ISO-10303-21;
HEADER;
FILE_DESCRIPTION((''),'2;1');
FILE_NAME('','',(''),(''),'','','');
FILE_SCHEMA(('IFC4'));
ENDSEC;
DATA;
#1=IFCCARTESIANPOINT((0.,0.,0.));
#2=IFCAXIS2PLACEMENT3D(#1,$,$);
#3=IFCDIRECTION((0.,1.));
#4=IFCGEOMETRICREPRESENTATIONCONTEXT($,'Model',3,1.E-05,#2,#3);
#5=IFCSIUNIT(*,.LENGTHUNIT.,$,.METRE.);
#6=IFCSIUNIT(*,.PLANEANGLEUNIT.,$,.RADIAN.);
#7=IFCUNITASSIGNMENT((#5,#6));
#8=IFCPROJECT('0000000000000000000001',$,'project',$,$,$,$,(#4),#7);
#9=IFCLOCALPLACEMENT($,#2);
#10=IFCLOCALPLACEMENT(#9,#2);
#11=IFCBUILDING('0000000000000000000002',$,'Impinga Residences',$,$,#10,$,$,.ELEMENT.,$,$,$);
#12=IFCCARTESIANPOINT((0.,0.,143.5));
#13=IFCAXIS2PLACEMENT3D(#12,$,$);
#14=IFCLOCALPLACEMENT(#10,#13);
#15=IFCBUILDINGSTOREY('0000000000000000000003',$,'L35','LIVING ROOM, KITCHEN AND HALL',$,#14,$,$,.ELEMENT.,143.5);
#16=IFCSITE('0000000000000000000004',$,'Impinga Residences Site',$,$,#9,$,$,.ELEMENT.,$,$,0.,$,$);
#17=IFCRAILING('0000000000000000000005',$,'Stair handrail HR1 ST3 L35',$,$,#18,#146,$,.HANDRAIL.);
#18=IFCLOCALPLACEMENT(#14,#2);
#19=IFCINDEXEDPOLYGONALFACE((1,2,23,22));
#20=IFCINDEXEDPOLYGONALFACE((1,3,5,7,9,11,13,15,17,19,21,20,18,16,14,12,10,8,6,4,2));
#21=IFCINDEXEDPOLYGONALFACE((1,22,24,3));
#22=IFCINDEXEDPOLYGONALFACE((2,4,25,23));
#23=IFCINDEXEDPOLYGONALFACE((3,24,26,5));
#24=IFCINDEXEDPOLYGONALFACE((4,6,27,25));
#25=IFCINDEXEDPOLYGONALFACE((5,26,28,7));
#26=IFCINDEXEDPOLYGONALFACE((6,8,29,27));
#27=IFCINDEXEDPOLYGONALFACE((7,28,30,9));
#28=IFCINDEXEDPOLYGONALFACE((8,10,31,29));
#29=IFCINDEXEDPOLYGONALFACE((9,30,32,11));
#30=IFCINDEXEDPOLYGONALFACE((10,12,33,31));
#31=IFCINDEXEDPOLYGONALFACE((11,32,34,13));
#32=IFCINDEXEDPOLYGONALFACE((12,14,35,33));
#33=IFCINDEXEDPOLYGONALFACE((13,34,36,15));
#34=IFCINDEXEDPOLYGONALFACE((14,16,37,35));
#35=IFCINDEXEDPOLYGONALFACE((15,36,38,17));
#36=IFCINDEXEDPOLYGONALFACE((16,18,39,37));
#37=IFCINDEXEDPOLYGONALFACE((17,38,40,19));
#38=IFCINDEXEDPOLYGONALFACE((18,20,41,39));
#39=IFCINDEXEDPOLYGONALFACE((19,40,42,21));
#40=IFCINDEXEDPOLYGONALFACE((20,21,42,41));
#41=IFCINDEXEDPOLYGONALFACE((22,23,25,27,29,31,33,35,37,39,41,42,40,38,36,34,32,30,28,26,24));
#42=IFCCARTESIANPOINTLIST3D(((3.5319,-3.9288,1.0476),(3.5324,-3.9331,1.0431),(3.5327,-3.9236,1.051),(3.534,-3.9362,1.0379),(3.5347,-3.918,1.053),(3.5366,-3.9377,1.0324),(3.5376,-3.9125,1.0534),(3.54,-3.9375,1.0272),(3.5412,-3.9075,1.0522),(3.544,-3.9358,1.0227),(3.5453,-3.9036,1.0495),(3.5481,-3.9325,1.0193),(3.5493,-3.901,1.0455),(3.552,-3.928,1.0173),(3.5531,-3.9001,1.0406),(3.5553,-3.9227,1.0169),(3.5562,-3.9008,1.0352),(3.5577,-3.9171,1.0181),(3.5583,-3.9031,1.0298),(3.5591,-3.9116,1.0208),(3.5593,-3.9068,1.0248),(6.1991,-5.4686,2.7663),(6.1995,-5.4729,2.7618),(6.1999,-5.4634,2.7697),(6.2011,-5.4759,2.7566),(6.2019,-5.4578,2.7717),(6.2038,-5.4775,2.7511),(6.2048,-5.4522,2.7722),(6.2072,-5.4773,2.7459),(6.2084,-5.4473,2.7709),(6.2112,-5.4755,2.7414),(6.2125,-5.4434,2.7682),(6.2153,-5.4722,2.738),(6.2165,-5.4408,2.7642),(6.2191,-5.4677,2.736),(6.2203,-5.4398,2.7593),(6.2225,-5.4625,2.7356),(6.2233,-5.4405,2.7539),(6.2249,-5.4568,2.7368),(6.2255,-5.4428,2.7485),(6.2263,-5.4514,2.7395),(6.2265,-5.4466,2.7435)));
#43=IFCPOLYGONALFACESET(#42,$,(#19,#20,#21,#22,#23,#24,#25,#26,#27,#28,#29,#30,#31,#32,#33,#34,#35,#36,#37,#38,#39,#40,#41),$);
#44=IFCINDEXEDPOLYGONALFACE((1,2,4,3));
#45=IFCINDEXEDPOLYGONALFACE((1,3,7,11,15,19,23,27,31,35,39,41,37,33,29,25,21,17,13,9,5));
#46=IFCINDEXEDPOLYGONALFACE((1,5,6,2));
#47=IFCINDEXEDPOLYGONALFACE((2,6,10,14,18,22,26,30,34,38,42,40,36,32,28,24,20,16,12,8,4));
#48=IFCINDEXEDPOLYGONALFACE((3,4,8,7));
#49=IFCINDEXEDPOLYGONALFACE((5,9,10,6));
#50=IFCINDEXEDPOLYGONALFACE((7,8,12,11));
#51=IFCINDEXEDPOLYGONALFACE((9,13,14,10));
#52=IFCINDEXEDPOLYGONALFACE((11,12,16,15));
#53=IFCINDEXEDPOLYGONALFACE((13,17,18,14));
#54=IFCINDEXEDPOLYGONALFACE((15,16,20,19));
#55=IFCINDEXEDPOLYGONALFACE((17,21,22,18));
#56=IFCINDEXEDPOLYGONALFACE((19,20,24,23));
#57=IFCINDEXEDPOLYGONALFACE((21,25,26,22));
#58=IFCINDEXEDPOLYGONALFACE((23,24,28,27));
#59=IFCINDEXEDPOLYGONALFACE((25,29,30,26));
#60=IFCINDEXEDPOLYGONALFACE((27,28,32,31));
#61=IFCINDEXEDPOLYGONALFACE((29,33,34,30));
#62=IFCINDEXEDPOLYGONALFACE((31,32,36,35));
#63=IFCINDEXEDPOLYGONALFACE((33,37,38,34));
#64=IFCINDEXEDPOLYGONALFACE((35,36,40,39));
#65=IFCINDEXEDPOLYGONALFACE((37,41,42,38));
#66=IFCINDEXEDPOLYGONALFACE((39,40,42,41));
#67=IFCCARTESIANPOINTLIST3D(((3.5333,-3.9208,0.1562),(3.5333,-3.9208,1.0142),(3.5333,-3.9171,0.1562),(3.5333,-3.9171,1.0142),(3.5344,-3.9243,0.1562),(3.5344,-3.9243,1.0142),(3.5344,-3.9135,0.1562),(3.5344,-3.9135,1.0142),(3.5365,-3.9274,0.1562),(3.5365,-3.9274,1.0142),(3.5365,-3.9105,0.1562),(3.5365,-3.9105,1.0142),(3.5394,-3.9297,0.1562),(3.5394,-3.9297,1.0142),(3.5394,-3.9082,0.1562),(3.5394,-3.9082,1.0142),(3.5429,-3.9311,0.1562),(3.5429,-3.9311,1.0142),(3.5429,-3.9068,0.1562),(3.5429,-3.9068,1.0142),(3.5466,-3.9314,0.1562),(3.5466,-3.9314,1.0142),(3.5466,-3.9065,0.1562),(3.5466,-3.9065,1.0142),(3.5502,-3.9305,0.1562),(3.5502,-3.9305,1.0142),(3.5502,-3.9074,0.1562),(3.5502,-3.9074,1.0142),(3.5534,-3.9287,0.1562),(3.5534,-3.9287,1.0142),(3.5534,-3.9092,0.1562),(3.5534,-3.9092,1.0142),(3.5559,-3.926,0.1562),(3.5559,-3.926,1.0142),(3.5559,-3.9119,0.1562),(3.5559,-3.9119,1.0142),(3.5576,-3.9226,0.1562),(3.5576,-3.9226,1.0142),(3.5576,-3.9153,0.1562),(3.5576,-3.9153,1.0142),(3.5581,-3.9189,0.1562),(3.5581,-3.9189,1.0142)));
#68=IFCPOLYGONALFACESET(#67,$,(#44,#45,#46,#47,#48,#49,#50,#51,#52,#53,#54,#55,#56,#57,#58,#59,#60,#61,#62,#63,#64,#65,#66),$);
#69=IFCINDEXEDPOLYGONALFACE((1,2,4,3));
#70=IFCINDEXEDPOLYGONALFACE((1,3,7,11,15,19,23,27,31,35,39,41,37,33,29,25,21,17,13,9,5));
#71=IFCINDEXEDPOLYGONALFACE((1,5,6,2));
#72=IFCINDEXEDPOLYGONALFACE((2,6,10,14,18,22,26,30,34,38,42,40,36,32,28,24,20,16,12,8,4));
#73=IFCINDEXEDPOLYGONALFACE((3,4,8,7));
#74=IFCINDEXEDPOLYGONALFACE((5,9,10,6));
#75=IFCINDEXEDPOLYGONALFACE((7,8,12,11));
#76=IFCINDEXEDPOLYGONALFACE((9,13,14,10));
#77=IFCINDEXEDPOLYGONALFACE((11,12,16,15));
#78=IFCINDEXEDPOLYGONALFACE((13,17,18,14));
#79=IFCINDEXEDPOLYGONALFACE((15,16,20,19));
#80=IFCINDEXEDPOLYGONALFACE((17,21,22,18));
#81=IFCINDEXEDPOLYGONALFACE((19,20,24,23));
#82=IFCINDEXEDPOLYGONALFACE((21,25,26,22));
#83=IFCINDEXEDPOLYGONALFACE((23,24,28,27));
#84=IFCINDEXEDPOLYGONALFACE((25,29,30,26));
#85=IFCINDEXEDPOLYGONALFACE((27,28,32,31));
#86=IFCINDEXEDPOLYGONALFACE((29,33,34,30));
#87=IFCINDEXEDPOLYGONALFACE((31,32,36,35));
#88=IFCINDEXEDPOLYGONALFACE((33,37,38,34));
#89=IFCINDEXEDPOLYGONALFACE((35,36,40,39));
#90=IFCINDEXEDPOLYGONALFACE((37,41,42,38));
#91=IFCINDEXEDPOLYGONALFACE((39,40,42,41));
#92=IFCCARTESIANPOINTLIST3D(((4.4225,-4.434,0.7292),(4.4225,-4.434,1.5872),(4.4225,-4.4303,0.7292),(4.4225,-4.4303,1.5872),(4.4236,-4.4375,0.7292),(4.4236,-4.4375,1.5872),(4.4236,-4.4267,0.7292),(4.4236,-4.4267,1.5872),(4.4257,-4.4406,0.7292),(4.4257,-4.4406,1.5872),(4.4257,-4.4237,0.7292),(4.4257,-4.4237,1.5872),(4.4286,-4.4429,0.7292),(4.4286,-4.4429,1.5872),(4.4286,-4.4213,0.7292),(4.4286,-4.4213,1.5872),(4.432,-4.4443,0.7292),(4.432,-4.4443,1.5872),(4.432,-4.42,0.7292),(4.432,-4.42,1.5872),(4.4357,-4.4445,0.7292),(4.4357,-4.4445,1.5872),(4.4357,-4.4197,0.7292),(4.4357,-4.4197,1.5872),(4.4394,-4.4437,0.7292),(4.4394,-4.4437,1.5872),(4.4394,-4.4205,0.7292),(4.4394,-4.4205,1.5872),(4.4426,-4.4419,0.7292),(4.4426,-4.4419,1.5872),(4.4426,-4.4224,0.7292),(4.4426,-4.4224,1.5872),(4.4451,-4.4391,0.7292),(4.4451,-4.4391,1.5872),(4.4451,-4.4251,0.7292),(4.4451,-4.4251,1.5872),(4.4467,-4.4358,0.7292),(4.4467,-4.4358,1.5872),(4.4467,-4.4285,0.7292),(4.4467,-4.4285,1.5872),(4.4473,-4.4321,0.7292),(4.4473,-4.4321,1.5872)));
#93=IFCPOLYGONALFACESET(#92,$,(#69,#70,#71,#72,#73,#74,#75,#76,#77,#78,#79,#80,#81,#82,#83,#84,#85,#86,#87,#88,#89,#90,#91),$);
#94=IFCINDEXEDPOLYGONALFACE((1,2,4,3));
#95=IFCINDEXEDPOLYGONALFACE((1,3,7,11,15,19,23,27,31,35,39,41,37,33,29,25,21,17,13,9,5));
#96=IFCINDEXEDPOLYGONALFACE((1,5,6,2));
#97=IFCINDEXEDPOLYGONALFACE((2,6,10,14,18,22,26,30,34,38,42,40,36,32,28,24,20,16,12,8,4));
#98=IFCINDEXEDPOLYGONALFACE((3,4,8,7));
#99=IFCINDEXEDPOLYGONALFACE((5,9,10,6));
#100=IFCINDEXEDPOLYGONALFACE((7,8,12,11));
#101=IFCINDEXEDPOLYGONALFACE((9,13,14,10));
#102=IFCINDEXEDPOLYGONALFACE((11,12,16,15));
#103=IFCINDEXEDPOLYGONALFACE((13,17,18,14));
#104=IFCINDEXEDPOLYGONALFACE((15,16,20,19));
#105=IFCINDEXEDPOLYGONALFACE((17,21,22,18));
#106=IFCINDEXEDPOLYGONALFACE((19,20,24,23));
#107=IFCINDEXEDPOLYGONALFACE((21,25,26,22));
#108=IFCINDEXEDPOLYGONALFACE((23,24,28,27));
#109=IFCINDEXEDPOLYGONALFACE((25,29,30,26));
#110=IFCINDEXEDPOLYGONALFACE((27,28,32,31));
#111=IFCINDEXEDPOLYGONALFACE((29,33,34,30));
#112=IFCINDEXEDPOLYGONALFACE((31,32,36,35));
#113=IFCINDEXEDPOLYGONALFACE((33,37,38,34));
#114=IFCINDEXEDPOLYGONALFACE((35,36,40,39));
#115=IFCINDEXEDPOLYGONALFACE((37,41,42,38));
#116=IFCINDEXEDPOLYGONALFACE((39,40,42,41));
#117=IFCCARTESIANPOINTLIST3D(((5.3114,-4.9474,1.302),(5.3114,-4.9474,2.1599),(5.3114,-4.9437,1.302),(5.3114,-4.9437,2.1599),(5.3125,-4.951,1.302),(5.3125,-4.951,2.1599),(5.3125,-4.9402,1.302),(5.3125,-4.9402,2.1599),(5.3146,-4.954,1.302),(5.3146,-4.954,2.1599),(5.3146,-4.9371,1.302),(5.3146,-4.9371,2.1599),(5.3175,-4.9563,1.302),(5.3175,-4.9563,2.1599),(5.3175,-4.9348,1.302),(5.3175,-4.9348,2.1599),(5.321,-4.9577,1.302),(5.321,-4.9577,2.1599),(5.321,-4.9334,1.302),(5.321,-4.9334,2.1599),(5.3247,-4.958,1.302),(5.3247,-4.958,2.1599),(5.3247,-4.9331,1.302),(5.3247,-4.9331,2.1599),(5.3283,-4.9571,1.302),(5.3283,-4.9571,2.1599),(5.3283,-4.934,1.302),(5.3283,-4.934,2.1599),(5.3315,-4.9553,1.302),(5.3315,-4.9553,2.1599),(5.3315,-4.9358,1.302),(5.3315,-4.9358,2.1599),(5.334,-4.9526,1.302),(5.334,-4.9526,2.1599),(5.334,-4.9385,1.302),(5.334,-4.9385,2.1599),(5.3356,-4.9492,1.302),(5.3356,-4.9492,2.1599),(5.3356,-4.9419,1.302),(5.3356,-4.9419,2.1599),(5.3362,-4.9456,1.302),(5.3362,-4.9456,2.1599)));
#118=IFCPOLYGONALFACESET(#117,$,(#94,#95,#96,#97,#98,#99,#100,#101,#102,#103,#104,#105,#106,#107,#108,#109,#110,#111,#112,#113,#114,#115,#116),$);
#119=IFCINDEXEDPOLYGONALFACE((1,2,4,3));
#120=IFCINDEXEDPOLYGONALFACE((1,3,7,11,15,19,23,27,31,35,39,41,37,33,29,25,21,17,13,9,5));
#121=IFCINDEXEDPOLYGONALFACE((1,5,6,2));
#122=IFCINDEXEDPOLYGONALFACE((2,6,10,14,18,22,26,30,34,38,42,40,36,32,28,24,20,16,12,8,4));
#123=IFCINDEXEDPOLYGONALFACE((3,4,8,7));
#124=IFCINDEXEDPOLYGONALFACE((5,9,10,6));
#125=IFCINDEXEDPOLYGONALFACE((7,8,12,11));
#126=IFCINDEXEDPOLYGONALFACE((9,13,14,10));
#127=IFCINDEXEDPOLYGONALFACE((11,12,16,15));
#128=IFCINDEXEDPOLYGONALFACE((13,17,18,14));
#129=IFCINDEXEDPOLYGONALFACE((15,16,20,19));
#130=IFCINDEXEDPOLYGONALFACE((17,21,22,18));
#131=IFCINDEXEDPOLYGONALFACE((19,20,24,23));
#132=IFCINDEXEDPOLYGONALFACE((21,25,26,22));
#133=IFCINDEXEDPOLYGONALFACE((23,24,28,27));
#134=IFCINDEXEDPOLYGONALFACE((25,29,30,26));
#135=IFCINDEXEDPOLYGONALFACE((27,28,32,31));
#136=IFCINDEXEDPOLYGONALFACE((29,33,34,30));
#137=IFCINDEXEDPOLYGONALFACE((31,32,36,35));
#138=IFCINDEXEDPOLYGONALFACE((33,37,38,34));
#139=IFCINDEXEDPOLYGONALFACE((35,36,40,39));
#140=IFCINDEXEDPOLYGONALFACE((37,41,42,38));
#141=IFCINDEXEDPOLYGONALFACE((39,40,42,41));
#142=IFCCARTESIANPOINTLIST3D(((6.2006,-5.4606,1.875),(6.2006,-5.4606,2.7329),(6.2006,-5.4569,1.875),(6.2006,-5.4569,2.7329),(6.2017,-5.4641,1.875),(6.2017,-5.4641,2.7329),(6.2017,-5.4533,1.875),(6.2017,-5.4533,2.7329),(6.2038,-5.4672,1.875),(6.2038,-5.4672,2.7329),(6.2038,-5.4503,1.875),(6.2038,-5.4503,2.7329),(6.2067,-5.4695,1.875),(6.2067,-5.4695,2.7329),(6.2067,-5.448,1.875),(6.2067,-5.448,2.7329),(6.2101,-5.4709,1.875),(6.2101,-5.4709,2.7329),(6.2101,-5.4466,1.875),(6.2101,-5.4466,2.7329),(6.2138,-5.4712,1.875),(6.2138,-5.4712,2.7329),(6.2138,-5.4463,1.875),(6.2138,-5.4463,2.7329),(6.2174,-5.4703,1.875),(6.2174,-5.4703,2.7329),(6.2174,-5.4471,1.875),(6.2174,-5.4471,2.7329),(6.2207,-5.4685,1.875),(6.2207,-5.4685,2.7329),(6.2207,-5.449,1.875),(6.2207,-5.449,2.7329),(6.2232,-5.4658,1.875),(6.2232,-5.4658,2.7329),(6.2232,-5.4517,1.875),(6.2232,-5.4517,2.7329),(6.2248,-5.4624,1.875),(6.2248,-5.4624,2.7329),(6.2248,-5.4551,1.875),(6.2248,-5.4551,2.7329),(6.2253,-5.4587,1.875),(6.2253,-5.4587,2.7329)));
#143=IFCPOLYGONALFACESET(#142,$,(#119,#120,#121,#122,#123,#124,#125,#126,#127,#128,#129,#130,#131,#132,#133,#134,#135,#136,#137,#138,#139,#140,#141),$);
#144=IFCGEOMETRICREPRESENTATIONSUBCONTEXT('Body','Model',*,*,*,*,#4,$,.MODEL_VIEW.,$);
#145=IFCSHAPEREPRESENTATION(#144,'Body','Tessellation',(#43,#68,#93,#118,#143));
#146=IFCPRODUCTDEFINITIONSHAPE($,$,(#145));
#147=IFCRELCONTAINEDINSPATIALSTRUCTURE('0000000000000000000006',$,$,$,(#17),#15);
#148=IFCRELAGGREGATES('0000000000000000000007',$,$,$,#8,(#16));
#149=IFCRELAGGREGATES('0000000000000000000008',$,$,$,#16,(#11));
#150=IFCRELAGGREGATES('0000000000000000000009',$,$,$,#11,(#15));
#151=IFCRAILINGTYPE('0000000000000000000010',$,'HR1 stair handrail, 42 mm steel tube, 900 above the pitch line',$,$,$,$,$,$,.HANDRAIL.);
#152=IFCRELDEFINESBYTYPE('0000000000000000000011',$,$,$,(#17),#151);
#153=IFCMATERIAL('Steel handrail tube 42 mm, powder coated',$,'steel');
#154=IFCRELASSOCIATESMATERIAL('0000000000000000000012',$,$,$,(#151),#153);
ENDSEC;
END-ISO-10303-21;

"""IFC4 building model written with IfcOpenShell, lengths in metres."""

from ifc_helpers import new_model, si_unit, direction, frame, origin, origin_2d, place, context, subcontext, project, spatial, circle, extrude, material, type_object, element, save


model = new_model("IFC4")

# Units and contexts
model_context = context("Model", 3, precision=1e-05, world=origin(), true_north=direction((0.0, 1.0)))
body_context = subcontext(model_context, "Body", "Model", "MODEL_VIEW")
ifc_project = project(units=[si_unit("LENGTHUNIT", "METRE"), si_unit("PLANEANGLEUNIT", "RADIAN")], contexts=[model_context])

# Site, building, storey
site_placement = place(None, origin())
site = spatial("IfcSite", under=ifc_project, at=site_placement, Name="Impinga Residences Site", CompositionType="ELEMENT", RefElevation=0.0)
building_placement = place(site_placement, origin())
building = spatial("IfcBuilding", under=site, at=building_placement, Name="Impinga Residences", CompositionType="ELEMENT")
storey_placement = place(building_placement, frame((0.0, 0.0, 143.5)))
storey = spatial("IfcBuildingStorey", under=building, at=storey_placement, Name="L35", Description="LIVING ROOM, KITCHEN AND HALL", CompositionType="ELEMENT", Elevation=143.5)

# Railing
ifc_material_1 = material(Name="Steel handrail tube 42 mm, powder coated", Category="steel")
railing_type_1 = type_object("IfcRailingType", Name="HR1 stair handrail, 42 mm steel tube, 900 above the pitch line", PredefinedType="HANDRAIL", material=ifc_material_1)
railing_1_placement = place(storey_placement, frame((3.5457, -3.9189, 0.1562)))
element("IfcRailing", 1, at=railing_1_placement, inside=storey, type_object=railing_type_1, Name="Stair handrail HR1 ST3 L35", PredefinedType="HANDRAIL", context=body_context, shape_type="SweptSolid", body=[
    extrude(circle(Radius=0.021, at=origin_2d()), frame((0.0, 0.0, 0.8789), z_axis=(0.756249, -0.436582, 0.487322), x_axis=(0.499967, 0.866044, 0.0)), (0.0, 0.0, 1.0), 3.5269),
    extrude(circle(Radius=0.0125, at=origin_2d()), origin(), (0.0, 0.0, 1.0), 0.8579),
    extrude(circle(Radius=0.0125, at=origin_2d()), frame((0.8892, -0.5132, 0.573)), (0.0, 0.0, 1.0), 0.8579),
    extrude(circle(Radius=0.0125, at=origin_2d()), frame((1.7781, -1.0266, 1.1458)), (0.0, 0.0, 1.0), 0.8579),
    extrude(circle(Radius=0.0125, at=origin_2d()), frame((2.6672, -1.5398, 1.7188)), (0.0, 0.0, 1.0), 0.8579),
])

save(model, "model.ifc")
